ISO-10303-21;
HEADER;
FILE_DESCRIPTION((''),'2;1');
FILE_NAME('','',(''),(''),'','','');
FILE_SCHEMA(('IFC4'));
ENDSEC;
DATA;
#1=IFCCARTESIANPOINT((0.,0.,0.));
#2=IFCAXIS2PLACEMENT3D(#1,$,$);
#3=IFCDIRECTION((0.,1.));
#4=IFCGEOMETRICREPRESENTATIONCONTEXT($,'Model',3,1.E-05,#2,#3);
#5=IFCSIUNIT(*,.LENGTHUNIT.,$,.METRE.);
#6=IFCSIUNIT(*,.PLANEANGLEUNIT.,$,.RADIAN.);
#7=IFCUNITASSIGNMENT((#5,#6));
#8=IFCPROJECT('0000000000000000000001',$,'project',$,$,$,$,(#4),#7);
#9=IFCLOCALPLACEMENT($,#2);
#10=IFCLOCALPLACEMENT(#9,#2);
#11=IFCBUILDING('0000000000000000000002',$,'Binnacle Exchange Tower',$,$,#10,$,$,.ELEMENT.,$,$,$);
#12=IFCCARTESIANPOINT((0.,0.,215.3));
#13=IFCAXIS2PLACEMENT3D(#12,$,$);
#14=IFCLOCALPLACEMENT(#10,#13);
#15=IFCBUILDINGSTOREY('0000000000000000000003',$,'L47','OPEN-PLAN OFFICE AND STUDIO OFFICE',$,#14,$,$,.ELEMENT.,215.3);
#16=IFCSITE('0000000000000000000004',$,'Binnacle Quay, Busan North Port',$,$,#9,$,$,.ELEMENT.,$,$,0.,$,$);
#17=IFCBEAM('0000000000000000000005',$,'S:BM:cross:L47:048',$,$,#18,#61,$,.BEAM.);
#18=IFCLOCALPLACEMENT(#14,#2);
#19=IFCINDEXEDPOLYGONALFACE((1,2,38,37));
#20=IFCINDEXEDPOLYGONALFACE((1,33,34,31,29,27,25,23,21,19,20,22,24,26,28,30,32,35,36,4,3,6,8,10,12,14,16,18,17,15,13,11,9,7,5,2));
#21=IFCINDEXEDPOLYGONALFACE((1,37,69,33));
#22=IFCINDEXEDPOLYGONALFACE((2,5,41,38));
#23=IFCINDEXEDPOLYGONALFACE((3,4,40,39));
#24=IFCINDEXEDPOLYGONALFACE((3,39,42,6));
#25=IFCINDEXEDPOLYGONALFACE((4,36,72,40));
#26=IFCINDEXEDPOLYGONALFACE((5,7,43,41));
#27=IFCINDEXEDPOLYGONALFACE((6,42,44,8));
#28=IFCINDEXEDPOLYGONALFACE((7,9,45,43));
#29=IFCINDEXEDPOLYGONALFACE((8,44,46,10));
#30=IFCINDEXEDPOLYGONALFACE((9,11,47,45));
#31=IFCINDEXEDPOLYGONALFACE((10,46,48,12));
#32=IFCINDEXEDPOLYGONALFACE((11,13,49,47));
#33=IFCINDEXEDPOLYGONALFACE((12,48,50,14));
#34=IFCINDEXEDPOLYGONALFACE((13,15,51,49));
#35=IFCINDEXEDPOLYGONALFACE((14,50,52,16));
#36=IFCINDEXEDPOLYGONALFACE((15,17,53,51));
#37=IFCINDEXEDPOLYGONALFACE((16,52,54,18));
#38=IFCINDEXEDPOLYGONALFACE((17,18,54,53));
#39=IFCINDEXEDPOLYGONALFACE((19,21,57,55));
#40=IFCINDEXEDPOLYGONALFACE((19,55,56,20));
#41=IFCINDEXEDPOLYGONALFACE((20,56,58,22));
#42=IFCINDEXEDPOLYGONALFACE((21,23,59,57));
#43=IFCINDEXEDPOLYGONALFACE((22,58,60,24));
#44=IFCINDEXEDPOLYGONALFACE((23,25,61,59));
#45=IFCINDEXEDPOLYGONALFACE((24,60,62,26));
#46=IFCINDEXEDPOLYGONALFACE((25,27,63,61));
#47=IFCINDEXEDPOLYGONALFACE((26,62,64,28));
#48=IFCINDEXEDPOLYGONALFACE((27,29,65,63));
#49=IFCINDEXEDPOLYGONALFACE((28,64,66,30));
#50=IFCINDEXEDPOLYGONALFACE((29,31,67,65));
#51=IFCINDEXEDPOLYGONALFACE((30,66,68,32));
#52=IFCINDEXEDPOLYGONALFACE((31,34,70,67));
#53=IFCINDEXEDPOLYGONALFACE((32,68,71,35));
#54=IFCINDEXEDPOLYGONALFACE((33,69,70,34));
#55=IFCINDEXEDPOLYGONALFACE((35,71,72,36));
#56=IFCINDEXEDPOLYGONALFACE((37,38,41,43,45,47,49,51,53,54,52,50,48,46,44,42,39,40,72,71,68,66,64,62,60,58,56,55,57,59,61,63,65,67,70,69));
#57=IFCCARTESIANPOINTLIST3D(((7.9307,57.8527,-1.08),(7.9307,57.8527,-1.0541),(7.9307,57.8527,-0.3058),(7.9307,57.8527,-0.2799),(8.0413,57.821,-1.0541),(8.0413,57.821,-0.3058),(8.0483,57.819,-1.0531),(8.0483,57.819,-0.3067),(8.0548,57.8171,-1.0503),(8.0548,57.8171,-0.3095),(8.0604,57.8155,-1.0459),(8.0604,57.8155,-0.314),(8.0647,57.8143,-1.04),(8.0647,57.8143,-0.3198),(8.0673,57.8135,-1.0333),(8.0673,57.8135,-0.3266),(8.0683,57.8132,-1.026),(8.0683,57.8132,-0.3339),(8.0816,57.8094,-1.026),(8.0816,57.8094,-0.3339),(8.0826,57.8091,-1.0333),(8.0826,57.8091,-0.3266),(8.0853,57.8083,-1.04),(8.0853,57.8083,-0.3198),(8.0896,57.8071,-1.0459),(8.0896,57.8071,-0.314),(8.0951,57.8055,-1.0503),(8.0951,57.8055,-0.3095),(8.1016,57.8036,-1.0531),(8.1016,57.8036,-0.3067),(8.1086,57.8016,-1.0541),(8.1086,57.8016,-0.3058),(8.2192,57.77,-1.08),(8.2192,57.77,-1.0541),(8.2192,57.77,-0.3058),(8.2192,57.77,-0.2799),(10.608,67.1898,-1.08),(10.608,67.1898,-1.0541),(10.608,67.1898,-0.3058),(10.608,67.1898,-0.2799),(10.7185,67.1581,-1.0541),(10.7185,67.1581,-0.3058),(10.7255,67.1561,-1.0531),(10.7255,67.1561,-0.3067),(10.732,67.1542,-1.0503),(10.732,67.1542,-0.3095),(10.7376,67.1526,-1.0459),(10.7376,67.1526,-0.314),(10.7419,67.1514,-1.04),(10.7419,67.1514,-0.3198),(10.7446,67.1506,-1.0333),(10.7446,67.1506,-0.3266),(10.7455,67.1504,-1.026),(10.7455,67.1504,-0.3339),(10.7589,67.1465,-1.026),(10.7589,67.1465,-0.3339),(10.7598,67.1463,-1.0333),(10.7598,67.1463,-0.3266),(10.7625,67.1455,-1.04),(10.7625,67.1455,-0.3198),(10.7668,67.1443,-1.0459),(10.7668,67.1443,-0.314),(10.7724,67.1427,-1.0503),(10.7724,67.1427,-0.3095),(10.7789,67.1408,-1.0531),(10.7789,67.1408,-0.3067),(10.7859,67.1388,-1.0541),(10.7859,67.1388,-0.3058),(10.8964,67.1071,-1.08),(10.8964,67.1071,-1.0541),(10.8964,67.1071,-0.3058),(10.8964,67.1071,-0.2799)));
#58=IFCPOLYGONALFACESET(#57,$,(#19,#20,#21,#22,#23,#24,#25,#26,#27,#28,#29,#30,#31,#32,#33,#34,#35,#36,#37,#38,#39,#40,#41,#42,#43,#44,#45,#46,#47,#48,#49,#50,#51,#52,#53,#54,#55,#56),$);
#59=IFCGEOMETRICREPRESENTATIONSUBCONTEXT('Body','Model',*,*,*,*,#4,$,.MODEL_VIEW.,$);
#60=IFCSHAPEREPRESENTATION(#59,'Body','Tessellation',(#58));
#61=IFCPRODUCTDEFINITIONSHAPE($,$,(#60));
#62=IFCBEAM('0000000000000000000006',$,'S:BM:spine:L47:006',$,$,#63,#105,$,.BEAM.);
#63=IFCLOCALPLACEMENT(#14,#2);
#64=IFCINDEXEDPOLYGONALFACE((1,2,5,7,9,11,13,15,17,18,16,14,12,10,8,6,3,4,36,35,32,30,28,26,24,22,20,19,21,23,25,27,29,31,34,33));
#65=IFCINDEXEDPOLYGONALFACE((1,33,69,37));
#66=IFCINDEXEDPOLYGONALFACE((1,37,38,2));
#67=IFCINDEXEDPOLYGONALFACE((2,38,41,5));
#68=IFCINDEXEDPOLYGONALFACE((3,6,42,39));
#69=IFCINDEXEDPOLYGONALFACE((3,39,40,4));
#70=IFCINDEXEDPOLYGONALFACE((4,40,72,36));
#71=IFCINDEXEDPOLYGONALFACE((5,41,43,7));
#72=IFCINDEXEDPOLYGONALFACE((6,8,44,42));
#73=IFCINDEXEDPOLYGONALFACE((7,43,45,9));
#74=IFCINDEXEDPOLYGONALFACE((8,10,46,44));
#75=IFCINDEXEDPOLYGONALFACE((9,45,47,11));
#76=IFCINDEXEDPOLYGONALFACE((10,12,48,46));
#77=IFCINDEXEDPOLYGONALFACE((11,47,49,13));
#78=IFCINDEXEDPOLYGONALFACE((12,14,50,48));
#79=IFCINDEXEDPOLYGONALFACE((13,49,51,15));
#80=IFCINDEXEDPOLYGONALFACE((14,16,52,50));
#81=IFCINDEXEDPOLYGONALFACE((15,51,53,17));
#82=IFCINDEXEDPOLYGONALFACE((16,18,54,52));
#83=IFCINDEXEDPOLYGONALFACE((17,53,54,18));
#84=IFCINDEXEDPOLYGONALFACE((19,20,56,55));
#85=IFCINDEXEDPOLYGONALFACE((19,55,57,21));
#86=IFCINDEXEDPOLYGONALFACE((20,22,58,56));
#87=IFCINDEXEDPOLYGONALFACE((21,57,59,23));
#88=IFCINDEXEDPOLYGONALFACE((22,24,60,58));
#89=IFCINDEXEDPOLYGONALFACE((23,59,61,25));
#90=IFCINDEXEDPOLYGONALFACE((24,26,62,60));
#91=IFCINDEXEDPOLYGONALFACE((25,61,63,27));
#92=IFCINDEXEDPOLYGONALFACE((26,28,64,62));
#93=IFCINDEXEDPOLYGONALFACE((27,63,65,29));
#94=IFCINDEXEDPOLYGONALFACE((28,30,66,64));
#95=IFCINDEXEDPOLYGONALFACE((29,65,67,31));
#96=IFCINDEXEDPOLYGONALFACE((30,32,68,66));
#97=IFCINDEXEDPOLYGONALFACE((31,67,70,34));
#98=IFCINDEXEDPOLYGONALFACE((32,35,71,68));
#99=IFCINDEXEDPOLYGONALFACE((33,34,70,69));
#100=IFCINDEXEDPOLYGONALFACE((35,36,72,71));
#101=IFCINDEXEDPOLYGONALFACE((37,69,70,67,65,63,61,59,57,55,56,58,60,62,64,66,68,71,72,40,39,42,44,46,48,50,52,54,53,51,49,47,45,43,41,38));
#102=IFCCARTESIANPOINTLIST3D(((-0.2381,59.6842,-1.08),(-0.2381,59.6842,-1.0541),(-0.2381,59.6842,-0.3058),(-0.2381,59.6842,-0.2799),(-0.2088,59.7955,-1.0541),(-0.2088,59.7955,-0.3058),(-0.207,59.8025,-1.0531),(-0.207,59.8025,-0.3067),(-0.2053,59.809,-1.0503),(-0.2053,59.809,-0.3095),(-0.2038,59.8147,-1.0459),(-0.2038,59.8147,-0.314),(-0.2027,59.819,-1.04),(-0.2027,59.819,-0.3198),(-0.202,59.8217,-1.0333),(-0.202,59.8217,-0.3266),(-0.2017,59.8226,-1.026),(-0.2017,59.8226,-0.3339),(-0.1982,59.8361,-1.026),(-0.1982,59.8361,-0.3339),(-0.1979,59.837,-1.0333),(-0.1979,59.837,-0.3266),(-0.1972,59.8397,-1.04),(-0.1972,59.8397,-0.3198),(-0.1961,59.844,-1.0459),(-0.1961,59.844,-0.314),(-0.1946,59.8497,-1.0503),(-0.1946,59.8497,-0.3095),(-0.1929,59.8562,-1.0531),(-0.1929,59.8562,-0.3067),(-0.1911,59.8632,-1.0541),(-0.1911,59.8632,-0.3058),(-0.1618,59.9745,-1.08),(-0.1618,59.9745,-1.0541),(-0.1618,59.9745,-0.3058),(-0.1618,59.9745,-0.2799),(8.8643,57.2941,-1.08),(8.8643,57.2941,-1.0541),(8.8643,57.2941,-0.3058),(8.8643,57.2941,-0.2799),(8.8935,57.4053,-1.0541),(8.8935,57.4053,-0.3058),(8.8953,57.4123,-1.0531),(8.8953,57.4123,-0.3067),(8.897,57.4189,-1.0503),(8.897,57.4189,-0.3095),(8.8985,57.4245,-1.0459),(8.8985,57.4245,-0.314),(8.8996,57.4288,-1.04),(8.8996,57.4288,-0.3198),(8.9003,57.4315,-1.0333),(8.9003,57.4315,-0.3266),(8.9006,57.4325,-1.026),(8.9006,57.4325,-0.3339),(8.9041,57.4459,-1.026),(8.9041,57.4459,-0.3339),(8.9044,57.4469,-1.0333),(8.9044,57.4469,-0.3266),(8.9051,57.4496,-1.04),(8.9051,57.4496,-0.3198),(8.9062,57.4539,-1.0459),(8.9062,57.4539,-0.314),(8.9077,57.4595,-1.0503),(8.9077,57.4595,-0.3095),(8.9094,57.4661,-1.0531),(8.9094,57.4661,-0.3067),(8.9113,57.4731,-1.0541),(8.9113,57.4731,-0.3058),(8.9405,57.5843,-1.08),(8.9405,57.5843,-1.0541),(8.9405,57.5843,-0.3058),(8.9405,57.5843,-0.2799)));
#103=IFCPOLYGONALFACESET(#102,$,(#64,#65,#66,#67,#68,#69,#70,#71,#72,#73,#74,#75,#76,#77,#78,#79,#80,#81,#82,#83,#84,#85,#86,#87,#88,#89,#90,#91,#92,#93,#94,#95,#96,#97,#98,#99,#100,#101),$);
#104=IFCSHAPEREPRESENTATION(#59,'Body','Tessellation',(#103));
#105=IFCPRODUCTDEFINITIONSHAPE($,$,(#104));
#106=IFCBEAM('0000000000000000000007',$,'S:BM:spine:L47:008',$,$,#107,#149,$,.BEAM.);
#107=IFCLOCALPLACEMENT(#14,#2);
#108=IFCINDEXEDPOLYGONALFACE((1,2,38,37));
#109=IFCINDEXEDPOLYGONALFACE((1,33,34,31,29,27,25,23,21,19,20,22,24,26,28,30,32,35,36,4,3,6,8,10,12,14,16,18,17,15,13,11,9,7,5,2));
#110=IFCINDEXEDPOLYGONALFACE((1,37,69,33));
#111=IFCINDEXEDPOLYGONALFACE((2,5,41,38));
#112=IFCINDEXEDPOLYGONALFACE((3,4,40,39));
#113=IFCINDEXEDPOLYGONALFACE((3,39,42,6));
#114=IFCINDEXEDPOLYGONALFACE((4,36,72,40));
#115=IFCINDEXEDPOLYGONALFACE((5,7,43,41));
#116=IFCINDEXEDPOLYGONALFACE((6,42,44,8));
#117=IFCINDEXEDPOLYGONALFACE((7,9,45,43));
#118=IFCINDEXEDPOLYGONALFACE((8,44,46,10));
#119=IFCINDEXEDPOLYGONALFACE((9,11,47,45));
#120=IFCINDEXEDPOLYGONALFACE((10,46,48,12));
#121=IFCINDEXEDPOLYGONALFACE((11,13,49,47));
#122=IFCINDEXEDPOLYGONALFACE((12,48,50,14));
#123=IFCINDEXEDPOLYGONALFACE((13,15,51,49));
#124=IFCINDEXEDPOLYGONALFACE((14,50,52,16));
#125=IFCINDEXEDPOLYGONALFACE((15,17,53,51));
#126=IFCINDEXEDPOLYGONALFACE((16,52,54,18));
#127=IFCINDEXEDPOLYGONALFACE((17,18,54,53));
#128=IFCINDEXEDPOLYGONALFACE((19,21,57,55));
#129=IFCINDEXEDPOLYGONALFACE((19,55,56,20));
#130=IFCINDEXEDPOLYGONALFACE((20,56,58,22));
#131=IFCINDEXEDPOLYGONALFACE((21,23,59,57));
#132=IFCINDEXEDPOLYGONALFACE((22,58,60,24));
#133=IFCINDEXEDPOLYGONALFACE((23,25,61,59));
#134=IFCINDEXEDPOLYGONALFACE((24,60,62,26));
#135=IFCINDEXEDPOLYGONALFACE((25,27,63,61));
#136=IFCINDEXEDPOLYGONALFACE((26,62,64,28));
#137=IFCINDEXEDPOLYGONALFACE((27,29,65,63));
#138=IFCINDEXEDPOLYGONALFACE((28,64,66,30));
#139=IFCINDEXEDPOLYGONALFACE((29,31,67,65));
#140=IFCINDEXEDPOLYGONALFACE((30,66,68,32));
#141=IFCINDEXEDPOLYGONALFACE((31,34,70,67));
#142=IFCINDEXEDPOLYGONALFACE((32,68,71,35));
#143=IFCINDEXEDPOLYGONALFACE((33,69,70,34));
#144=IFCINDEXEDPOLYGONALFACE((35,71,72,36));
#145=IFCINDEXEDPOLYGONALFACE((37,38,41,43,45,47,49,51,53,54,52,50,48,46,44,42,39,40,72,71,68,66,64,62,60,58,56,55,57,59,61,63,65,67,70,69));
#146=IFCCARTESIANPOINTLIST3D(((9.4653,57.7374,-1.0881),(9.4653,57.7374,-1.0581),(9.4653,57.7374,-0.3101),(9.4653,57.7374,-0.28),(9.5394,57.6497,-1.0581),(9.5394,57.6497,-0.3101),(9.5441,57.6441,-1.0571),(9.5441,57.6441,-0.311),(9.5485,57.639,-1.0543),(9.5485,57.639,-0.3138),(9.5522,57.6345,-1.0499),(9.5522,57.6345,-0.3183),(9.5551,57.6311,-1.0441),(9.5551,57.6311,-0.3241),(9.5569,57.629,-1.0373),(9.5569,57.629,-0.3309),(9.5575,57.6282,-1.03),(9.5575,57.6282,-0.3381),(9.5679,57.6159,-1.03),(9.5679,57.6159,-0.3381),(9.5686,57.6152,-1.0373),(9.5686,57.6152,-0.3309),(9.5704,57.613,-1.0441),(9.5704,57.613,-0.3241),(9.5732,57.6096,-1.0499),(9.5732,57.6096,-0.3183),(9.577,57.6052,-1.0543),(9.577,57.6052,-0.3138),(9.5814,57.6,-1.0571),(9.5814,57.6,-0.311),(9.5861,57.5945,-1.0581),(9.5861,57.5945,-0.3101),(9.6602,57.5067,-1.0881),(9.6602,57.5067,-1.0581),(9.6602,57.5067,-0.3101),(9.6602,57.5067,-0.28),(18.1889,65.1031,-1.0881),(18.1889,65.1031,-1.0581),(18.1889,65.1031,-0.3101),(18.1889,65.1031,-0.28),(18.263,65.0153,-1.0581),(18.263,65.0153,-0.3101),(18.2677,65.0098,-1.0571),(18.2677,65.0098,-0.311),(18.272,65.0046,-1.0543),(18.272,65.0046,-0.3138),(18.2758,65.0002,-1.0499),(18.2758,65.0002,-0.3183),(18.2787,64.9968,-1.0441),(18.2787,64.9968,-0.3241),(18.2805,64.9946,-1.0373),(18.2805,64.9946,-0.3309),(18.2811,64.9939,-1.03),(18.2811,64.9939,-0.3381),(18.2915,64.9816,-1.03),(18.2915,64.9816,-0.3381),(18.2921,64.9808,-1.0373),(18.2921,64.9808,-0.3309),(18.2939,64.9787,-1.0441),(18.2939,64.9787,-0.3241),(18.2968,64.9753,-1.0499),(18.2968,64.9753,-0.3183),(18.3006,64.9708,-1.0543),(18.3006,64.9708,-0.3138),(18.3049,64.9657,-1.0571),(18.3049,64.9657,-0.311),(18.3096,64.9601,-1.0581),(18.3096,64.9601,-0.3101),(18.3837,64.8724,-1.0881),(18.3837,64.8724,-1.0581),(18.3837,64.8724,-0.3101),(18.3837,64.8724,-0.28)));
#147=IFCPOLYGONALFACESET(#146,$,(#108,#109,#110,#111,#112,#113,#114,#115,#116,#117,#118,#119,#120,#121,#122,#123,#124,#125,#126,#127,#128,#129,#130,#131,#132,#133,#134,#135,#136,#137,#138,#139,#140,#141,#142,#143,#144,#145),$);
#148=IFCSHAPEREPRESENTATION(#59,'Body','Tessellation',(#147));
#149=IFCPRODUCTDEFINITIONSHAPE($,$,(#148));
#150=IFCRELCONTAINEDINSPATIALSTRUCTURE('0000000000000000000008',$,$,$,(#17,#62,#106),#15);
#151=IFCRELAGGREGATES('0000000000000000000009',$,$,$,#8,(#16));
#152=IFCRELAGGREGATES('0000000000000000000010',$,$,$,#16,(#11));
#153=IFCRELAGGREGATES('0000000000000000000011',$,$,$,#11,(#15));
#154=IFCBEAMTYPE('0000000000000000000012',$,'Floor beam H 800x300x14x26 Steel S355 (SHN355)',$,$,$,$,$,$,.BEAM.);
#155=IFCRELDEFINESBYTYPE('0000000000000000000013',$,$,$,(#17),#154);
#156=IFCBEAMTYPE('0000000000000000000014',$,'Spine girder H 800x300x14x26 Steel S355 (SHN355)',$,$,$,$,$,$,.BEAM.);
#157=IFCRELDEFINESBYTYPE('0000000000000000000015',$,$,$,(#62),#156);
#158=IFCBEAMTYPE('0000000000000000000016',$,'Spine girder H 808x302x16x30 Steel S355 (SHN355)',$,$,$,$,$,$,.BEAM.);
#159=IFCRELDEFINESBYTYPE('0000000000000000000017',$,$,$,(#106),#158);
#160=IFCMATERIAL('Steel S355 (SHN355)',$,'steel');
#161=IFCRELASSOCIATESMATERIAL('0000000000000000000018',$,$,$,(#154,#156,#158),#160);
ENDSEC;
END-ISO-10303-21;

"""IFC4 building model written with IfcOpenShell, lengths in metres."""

from ifc_helpers import new_model, si_unit, direction, frame, origin, origin_2d, place, context, subcontext, project, spatial, i_section, extrude, material, material_profile, profile_set, type_object, element, save


model = new_model("IFC4")

# Units and contexts
model_context = context("Model", 3, precision=1e-05, world=origin(), true_north=direction((0.0, 1.0)))
body_context = subcontext(model_context, "Body", "Model", "MODEL_VIEW")
ifc_project = project(units=[si_unit("LENGTHUNIT", "METRE"), si_unit("PLANEANGLEUNIT", "RADIAN")], contexts=[model_context])

# Site, building, storey
site_placement = place(None, origin())
site = spatial("IfcSite", under=ifc_project, at=site_placement, Name="Binnacle Quay, Busan North Port", CompositionType="ELEMENT", RefElevation=0.0)
building_placement = place(site_placement, origin())
building = spatial("IfcBuilding", under=site, at=building_placement, Name="Binnacle Exchange Tower", CompositionType="ELEMENT")
storey_placement = place(building_placement, frame((0.0, 0.0, 215.3)))
storey = spatial("IfcBuildingStorey", under=building, at=storey_placement, Name="L47", Description="OPEN-PLAN OFFICE AND STUDIO OFFICE", CompositionType="ELEMENT", Elevation=215.3)

# Beams
ifc_material_1 = material(Name="Steel S355 (SHN355)", Category="steel")
ifc_material_profile_1 = material_profile(ifc_material_1, i_section(OverallWidth=0.3, OverallDepth=0.8, WebThickness=0.0139, FlangeThickness=0.0259, FilletRadius=0.0281, at=origin_2d()), Name="H 800x300x14x26")
ifc_profile_set_1 = profile_set([ifc_material_profile_1], Name="Steel S355 (SHN355)")
beam_type_1 = type_object("IfcBeamType", Name="Floor beam H 800x300x14x26 Steel S355 (SHN355)", PredefinedType="BEAM", material=ifc_profile_set_1)
beam_1_placement = place(storey_placement, frame((10.7522, 67.1484, -0.6799), z_axis=(-0.275624, -0.961266, 0.0), x_axis=(0.961266, -0.275624, 0.0)))
element("IfcBeam", 1, at=beam_1_placement, inside=storey, type_object=beam_type_1, Name="S:BM:cross:L47:048", PredefinedType="BEAM", context=body_context, shape_type="SweptSolid", body=[
    extrude(i_section(OverallWidth=0.3, OverallDepth=0.8, WebThickness=0.0139, FlangeThickness=0.0259, FilletRadius=0.0281, at=origin_2d()), origin(), (0.0, 0.0, 1.0), 9.7134),
])
ifc_material_profile_2 = material_profile(ifc_material_1, i_section(OverallWidth=0.3, OverallDepth=0.8, WebThickness=0.0139, FlangeThickness=0.0259, FilletRadius=0.0281, at=origin_2d()), Name="H 800x300x14x26")
ifc_profile_set_2 = profile_set([ifc_material_profile_2], Name="Steel S355 (SHN355)")
beam_type_2 = type_object("IfcBeamType", Name="Spine girder H 800x300x14x26 Steel S355 (SHN355)", PredefinedType="BEAM", material=ifc_profile_set_2)
beam_2_placement = place(storey_placement, frame((-0.2, 59.8293, -0.6799), z_axis=(0.96721, -0.253976, 0.0), x_axis=(0.253976, 0.96721, 0.0)))
element("IfcBeam", 2, at=beam_2_placement, inside=storey, type_object=beam_type_2, Name="S:BM:spine:L47:006", PredefinedType="BEAM", context=body_context, shape_type="SweptSolid", body=[
    extrude(i_section(OverallWidth=0.3, OverallDepth=0.8, WebThickness=0.0139, FlangeThickness=0.0259, FilletRadius=0.0281, at=origin_2d()), origin(), (0.0, 0.0, 1.0), 9.4109),
])
ifc_material_profile_3 = material_profile(ifc_material_1, i_section(OverallWidth=0.302, OverallDepth=0.8081, WebThickness=0.0161, FlangeThickness=0.03, FilletRadius=0.0281, at=origin_2d()), Name="H 808x302x16x30")
ifc_profile_set_3 = profile_set([ifc_material_profile_3], Name="Steel S355 (SHN355)")
beam_type_3 = type_object("IfcBeamType", Name="Spine girder H 808x302x16x30 Steel S355 (SHN355)", PredefinedType="BEAM", material=ifc_profile_set_3)
beam_3_placement = place(storey_placement, frame((9.5627, 57.6221, -0.6841), z_axis=(0.764069, 0.645135, 0.0), x_axis=(-0.645135, 0.764069, 0.0)))
element("IfcBeam", 3, at=beam_3_placement, inside=storey, type_object=beam_type_3, Name="S:BM:spine:L47:008", PredefinedType="BEAM", context=body_context, shape_type="SweptSolid", body=[
    extrude(i_section(OverallWidth=0.302, OverallDepth=0.8081, WebThickness=0.0161, FlangeThickness=0.03, FilletRadius=0.0281, at=origin_2d()), origin(), (0.0, 0.0, 1.0), 11.4172),
])

save(model, "model.ifc")
